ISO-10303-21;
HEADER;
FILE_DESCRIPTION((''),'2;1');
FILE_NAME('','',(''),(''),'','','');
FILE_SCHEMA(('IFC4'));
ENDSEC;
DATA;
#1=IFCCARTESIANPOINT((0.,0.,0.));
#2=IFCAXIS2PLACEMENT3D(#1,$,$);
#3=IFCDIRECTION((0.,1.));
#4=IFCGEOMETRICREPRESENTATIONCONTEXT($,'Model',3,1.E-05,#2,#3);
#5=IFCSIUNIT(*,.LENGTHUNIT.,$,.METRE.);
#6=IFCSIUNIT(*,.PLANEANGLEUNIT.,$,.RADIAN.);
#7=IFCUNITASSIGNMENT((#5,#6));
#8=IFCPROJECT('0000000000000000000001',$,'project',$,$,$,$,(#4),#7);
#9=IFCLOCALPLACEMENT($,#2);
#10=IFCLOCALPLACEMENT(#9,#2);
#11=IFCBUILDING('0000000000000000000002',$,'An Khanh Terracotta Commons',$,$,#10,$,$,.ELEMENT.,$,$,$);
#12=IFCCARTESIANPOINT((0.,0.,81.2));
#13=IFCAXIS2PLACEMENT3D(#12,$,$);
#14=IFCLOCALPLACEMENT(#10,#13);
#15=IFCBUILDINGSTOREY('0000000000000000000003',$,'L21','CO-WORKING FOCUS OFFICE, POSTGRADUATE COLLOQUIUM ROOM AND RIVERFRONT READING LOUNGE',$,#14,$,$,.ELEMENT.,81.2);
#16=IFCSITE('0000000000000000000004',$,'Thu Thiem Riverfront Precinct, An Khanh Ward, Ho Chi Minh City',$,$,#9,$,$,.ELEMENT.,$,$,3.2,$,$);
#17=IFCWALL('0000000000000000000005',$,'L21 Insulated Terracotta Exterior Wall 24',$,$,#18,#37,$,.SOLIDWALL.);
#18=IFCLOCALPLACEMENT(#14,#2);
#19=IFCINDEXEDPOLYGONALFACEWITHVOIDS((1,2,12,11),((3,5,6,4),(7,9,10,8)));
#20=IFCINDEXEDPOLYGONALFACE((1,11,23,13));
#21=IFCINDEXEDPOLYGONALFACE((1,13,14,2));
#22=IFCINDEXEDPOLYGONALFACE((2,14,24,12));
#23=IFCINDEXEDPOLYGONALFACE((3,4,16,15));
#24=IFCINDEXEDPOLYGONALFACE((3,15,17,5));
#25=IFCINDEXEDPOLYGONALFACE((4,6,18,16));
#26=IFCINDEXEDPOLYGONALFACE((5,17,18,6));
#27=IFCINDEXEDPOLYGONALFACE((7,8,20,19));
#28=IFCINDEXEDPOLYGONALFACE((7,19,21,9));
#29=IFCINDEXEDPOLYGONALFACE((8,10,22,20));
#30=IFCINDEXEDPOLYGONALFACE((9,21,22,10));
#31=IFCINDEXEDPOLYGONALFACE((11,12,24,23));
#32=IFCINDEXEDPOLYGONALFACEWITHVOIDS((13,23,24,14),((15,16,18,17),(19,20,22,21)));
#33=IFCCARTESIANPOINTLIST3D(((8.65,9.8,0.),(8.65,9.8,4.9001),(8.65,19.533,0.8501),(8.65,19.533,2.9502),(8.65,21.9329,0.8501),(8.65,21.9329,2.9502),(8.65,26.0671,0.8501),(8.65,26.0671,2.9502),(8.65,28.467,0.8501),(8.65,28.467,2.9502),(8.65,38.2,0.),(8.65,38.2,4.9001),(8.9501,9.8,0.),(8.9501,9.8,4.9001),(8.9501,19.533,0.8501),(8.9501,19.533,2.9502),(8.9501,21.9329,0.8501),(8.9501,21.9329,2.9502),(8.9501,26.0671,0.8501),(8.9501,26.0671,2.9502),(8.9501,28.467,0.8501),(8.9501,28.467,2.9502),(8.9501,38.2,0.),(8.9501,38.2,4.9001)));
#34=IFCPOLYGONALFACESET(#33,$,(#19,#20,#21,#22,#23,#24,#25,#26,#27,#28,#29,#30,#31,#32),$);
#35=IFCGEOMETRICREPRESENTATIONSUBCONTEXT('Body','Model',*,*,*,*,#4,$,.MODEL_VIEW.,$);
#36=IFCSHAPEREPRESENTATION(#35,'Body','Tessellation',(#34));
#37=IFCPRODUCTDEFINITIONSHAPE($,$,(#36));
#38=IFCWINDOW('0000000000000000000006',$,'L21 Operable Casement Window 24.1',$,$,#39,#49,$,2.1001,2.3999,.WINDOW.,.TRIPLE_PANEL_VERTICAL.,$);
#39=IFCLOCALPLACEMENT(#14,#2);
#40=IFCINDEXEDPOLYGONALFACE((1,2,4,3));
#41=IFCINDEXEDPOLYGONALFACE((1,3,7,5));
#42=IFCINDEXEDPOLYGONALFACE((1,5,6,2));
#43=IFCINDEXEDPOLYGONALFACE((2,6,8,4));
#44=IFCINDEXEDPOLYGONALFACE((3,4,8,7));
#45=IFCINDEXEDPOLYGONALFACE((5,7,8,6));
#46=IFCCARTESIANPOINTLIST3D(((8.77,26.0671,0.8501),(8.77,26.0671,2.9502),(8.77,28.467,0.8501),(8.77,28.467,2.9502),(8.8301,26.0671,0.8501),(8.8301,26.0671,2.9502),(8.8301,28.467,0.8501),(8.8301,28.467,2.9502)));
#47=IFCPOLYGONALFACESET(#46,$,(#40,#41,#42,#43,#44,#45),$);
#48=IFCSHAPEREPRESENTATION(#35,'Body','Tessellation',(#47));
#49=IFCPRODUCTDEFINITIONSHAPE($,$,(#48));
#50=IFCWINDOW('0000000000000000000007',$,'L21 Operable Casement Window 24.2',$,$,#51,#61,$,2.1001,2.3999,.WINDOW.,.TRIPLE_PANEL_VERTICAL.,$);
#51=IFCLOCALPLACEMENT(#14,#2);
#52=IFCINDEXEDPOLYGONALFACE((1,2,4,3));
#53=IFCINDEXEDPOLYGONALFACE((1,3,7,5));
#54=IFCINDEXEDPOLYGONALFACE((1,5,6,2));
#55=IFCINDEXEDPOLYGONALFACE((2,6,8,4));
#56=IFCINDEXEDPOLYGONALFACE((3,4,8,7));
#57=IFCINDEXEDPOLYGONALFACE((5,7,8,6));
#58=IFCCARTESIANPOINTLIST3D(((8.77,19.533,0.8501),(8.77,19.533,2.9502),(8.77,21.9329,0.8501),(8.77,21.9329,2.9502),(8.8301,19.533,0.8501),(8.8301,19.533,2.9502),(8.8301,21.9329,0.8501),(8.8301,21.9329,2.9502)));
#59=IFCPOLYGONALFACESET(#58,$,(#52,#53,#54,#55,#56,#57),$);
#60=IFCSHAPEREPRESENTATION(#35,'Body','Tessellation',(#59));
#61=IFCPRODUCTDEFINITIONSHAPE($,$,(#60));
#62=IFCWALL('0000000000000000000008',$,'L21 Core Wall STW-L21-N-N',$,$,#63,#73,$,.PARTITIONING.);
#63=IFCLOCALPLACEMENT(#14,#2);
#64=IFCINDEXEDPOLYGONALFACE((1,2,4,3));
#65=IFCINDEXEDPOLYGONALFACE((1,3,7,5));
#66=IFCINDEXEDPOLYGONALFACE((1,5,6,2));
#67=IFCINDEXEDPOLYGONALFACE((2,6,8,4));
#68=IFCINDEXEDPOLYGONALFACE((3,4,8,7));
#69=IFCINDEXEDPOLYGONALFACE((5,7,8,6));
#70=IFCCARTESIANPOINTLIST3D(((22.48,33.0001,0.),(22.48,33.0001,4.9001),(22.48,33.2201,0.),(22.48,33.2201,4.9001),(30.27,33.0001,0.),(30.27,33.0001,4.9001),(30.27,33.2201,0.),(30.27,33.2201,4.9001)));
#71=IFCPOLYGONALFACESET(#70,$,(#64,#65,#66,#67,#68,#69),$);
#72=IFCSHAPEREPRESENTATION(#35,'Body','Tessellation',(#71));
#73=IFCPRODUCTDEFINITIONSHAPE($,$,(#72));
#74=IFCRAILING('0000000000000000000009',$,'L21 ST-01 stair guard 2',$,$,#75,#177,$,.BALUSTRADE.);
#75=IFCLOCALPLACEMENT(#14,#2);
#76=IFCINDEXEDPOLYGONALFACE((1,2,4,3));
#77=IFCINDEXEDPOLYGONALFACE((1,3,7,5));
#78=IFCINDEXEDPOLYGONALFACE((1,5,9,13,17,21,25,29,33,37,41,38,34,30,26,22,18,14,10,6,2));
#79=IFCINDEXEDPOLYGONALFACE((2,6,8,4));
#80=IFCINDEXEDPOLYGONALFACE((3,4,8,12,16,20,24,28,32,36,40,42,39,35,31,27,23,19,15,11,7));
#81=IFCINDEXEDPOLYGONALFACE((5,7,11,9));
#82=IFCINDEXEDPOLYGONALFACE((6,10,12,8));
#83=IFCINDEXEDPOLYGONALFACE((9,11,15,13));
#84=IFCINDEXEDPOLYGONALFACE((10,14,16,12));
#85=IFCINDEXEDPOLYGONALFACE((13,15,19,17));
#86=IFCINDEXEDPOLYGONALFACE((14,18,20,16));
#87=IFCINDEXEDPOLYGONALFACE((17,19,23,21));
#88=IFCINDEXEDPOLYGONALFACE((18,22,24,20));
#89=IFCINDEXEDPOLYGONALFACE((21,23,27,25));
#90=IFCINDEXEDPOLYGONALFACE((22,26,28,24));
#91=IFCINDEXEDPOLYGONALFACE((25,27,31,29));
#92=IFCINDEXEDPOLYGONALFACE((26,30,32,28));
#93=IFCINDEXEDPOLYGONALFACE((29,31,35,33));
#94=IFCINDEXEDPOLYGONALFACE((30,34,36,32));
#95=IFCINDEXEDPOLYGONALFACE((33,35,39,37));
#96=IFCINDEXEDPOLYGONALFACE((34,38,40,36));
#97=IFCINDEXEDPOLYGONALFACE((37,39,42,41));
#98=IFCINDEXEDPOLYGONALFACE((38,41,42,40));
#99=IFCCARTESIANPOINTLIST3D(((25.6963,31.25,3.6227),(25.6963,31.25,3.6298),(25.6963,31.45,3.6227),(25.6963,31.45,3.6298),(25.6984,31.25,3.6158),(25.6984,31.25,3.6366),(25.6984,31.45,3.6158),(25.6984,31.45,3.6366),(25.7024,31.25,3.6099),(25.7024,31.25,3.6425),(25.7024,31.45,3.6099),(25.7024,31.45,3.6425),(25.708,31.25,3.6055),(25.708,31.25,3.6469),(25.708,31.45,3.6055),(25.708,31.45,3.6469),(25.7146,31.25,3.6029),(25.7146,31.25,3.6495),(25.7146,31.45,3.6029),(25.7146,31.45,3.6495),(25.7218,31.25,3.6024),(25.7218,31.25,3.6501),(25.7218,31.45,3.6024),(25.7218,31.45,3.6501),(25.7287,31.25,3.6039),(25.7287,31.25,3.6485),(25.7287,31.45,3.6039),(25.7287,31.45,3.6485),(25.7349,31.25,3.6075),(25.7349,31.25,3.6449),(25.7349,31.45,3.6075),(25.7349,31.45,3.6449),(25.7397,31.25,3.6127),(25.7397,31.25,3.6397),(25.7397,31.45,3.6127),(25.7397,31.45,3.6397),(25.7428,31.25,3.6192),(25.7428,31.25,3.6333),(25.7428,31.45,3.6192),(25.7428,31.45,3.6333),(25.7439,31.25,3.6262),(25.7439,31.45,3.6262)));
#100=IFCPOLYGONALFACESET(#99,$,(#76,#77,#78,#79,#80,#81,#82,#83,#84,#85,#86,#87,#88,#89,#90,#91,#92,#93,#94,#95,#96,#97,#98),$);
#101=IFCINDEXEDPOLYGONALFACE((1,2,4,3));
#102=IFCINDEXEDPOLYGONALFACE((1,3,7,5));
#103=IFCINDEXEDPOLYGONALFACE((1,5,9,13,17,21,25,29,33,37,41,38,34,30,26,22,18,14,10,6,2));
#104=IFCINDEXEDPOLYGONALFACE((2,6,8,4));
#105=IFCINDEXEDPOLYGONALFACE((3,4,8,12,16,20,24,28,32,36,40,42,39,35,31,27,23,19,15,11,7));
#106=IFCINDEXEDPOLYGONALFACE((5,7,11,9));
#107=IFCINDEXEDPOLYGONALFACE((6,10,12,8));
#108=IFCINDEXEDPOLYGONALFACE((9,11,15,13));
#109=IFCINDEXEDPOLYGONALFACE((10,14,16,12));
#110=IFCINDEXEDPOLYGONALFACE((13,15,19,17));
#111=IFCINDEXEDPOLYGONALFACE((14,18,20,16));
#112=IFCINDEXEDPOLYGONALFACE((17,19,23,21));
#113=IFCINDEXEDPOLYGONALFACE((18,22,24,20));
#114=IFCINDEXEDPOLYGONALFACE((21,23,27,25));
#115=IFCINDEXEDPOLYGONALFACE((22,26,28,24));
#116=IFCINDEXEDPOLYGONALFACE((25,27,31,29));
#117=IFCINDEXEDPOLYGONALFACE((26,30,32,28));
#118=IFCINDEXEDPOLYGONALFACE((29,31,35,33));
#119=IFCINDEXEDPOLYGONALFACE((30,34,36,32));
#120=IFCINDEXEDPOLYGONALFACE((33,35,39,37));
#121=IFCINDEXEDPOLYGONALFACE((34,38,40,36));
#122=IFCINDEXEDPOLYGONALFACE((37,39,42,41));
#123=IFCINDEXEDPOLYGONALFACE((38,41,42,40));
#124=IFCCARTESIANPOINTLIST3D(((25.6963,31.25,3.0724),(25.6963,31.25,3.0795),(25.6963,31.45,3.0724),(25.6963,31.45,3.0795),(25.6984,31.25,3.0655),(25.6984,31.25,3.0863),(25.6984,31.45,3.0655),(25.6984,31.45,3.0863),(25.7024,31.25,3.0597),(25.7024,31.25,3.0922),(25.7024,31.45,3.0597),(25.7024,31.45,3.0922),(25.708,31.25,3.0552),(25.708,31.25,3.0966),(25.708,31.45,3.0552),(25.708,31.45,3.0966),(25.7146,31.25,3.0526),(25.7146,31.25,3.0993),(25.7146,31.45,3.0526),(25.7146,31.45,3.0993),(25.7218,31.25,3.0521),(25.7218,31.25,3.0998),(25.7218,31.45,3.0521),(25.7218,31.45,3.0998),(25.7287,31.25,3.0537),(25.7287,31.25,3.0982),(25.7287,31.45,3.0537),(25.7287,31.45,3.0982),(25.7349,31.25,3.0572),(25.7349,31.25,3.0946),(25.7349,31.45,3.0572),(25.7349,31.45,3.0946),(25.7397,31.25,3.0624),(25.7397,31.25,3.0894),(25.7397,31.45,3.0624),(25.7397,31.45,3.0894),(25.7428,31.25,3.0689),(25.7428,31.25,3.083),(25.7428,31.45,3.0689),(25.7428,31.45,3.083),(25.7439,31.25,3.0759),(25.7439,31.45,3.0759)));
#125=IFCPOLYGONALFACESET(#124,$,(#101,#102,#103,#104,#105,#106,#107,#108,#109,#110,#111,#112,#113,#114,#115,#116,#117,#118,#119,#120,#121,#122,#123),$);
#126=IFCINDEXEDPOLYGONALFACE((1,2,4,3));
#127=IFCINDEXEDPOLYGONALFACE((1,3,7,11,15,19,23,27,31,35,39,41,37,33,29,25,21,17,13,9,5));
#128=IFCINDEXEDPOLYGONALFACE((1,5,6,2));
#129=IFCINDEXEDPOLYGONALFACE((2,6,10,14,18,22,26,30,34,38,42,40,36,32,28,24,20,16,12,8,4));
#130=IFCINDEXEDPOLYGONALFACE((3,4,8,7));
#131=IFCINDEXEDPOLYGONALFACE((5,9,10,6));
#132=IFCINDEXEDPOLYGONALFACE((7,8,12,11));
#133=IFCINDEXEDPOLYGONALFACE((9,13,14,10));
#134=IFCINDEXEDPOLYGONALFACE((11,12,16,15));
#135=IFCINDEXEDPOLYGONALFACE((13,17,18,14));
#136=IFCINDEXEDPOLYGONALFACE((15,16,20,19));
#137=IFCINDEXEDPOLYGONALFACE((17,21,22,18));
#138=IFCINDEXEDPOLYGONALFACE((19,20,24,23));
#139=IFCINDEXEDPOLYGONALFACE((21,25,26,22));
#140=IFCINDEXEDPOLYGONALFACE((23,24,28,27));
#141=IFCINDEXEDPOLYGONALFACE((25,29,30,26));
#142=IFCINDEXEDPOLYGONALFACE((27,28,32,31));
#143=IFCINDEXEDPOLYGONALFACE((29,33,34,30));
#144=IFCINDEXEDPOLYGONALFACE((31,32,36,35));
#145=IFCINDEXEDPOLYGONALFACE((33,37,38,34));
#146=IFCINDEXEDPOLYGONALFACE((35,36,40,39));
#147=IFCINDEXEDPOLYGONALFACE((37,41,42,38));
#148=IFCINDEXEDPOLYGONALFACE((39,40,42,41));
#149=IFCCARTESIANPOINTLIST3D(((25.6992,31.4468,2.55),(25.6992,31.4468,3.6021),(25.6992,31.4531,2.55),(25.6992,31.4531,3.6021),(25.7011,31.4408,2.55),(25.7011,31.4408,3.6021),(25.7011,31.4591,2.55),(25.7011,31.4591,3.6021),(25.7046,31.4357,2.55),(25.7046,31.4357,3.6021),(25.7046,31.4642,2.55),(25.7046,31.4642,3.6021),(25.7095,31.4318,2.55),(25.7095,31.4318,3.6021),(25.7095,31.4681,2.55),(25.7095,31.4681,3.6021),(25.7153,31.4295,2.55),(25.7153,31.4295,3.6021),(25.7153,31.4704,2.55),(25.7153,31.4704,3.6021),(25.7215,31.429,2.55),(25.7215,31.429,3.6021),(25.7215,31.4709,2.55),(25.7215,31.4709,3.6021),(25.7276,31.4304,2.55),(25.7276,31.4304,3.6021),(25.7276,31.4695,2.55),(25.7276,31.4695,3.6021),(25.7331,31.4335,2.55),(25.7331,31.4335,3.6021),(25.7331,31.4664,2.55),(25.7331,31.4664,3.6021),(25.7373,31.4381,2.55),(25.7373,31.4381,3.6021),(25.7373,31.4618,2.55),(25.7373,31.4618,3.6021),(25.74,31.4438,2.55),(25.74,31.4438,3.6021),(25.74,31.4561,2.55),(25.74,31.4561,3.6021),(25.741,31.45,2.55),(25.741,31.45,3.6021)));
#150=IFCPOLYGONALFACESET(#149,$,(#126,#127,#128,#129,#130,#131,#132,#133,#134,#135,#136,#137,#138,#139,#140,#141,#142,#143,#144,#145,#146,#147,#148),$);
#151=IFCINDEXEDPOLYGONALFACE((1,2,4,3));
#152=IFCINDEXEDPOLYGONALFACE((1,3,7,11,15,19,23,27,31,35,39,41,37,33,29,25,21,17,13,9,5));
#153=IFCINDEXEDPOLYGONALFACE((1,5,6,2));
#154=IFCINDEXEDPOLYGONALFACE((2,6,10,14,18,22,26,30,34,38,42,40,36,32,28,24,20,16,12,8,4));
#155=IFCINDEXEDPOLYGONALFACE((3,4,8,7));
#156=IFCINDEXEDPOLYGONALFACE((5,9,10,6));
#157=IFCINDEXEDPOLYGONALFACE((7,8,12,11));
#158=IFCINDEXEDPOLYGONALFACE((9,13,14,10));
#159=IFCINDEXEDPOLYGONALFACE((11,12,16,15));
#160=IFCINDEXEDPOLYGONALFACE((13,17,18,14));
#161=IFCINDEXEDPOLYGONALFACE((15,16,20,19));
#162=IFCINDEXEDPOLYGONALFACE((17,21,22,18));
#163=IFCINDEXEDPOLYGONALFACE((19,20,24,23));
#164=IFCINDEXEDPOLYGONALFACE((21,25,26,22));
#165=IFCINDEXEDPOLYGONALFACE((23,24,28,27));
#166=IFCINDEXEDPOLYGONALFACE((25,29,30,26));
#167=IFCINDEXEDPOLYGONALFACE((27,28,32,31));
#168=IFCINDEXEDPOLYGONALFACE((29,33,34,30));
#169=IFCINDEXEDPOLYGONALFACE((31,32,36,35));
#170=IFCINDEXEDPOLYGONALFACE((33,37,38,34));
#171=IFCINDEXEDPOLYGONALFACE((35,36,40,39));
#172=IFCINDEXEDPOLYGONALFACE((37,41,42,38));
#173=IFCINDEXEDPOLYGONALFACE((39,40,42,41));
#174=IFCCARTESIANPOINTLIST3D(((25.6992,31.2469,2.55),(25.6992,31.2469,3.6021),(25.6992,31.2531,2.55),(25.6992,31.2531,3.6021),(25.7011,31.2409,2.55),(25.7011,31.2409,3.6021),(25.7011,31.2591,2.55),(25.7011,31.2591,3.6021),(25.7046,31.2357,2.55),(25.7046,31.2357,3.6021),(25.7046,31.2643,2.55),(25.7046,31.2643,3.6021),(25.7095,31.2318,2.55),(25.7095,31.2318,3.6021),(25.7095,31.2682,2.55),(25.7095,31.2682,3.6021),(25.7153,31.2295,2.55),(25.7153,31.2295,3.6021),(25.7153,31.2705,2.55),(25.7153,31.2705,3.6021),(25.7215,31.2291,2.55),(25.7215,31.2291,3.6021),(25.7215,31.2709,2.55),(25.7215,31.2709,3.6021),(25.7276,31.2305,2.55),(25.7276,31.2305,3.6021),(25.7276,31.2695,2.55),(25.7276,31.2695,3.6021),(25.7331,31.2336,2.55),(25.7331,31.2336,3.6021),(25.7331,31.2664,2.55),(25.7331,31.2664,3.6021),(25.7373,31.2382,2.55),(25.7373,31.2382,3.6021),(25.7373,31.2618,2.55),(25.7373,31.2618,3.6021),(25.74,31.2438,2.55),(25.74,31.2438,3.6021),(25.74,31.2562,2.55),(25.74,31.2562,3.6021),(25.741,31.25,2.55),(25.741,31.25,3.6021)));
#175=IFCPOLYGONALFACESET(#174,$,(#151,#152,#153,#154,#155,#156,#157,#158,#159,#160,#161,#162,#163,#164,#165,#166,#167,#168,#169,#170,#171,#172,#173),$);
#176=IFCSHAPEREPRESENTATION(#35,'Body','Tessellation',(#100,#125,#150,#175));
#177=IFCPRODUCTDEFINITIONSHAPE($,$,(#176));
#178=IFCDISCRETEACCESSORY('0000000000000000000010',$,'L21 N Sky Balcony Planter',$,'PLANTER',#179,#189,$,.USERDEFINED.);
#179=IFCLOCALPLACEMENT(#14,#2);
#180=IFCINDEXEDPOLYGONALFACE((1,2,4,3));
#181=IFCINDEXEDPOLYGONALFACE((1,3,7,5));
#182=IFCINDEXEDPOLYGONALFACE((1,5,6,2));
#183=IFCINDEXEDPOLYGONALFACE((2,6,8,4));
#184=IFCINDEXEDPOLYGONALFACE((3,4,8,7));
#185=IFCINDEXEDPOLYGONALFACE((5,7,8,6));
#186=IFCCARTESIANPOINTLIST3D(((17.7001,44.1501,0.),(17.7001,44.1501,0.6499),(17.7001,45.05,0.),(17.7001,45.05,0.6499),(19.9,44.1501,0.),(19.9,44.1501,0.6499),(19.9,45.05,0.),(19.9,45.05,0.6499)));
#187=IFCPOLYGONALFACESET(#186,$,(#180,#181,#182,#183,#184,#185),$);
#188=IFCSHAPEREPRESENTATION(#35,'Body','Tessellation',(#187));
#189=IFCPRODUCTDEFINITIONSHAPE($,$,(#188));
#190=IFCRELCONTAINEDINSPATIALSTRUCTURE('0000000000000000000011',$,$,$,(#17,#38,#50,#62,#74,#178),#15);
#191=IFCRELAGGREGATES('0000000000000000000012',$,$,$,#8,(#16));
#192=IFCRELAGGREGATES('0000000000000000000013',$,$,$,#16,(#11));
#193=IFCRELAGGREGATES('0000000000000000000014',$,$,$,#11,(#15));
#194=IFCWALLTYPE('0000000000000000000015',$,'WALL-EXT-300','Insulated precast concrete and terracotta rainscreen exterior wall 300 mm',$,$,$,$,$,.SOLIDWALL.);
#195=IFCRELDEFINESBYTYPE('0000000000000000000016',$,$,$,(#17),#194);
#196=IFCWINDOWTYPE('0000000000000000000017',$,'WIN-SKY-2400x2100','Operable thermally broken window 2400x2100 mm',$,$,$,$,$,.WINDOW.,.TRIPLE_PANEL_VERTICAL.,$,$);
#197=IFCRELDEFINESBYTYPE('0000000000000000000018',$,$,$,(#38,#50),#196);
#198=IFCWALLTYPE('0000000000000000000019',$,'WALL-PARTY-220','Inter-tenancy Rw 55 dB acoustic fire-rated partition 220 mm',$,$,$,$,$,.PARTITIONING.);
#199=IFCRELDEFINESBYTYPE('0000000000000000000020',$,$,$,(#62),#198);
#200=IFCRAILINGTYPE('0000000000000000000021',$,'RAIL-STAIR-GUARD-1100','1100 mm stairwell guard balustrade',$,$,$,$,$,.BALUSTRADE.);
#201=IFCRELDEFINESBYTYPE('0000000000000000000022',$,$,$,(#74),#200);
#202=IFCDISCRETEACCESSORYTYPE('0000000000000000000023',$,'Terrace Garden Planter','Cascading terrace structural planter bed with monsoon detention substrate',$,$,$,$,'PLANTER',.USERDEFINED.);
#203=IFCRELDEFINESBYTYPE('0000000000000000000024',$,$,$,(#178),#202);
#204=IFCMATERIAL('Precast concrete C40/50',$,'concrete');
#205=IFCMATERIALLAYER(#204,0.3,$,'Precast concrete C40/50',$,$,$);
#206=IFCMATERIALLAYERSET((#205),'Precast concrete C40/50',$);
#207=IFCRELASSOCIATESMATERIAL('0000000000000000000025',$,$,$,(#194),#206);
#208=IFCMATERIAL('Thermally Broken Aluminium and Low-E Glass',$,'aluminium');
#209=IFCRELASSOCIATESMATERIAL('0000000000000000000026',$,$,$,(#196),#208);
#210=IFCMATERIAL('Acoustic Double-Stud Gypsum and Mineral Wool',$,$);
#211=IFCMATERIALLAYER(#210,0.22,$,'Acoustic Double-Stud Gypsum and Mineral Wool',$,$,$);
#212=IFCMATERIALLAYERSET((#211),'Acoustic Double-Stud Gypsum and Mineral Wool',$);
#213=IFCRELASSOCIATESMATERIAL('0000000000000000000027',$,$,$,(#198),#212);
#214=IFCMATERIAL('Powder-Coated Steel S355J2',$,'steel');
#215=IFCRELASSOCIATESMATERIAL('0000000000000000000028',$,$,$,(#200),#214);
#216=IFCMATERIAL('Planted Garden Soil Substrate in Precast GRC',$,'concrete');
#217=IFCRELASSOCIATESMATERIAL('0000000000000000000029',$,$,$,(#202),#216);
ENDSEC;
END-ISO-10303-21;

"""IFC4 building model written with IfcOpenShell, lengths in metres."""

from ifc_helpers import new_model, si_unit, direction, frame, frame_2d, origin, origin_2d, place, context, subcontext, project, spatial, rectangle, circle, extrude, material, layer, layer_set, type_object, element, fill, save


model = new_model("IFC4")

# Units and contexts
model_context = context("Model", 3, precision=1e-05, world=origin(), true_north=direction((0.0, 1.0)))
body_context = subcontext(model_context, "Body", "Model", "MODEL_VIEW")
ifc_project = project(units=[si_unit("LENGTHUNIT", "METRE"), si_unit("PLANEANGLEUNIT", "RADIAN")], contexts=[model_context])

# Site, building, storey
site_placement = place(None, origin())
site = spatial("IfcSite", under=ifc_project, at=site_placement, Name="Thu Thiem Riverfront Precinct, An Khanh Ward, Ho Chi Minh City", CompositionType="ELEMENT", RefElevation=3.2)
building_placement = place(site_placement, origin())
building = spatial("IfcBuilding", under=site, at=building_placement, Name="An Khanh Terracotta Commons", CompositionType="ELEMENT")
storey_placement = place(building_placement, frame((0.0, 0.0, 81.2)))
storey = spatial("IfcBuildingStorey", under=building, at=storey_placement, Name="L21", Description="CO-WORKING FOCUS OFFICE, POSTGRADUATE COLLOQUIUM ROOM AND RIVERFRONT READING LOUNGE", CompositionType="ELEMENT", Elevation=81.2)

# Shared definitions
ifc_material_1 = material(Name="Precast concrete C40/50", Category="concrete")
ifc_layer_1 = layer(ifc_material_1, 0.3, Name="Precast concrete C40/50")
ifc_layer_set_1 = layer_set([ifc_layer_1], Name="Precast concrete C40/50")
wall_type_1 = type_object("IfcWallType", Name="WALL-EXT-300", Description="Insulated precast concrete and terracotta rainscreen exterior wall 300 mm", PredefinedType="SOLIDWALL", material=ifc_layer_set_1)

# Wall, openings, windows
wall_1_placement = place(storey_placement, frame((8.8, 38.2, 0.0), z_axis=(0.0, 0.0, 1.0), x_axis=(0.0, -1.0, 0.0)))
wall_1 = element("IfcWall", 1, at=wall_1_placement, inside=storey, type_object=wall_type_1, Name="L21 Insulated Terracotta Exterior Wall 24", PredefinedType="SOLIDWALL", context=body_context, shape_type="SweptSolid", body=[
    extrude(rectangle(XDim=28.3999, YDim=0.3, at=frame_2d((14.2, 0.0))), origin(), (0.0, 0.0, 1.0), 4.9001),
])
opening_1_placement = place(wall_1_placement, frame((9.7329, 0.0, 0.8501)))
opening_1 = element("IfcOpeningElement", 2, at=opening_1_placement, cuts=wall_1, PredefinedType="OPENING", context=body_context, shape_type="SweptSolid", body=[
    extrude(rectangle(XDim=2.3999, YDim=2.1001, at=frame_2d((1.2, 1.05))), frame((0.0, 0.1599, 0.0), z_axis=(0.0, -1.0, 0.0), x_axis=(1.0, 0.0, 0.0)), (0.0, 0.0, 1.0), 0.3201),
])
opening_2_placement = place(wall_1_placement, frame((16.2671, 0.0, 0.8501)))
opening_2 = element("IfcOpeningElement", 3, at=opening_2_placement, cuts=wall_1, PredefinedType="OPENING", context=body_context, shape_type="SweptSolid", body=[
    extrude(rectangle(XDim=2.3999, YDim=2.1001, at=frame_2d((1.2, 1.05))), frame((0.0, 0.1599, 0.0), z_axis=(0.0, -1.0, 0.0), x_axis=(1.0, 0.0, 0.0)), (0.0, 0.0, 1.0), 0.3201),
])
ifc_material_2 = material(Name="Thermally Broken Aluminium and Low-E Glass", Category="aluminium")
window_type = type_object("IfcWindowType", Name="WIN-SKY-2400x2100", Description="Operable thermally broken window 2400x2100 mm", PartitioningType="TRIPLE_PANEL_VERTICAL", PredefinedType="WINDOW", material=ifc_material_2)
window_1_placement = place(opening_1_placement, origin())
window_1 = element("IfcWindow", 4, at=window_1_placement, inside=storey, type_object=window_type, Name="L21 Operable Casement Window 24.1", OverallHeight=2.1001, OverallWidth=2.3999, PartitioningType="TRIPLE_PANEL_VERTICAL", PredefinedType="WINDOW", context=body_context, shape_type="SweptSolid", body=[
    extrude(rectangle(XDim=2.3999, YDim=2.1001, at=frame_2d((1.2, 1.05))), frame((0.0, 0.03, 0.0), z_axis=(0.0, -1.0, 0.0), x_axis=(1.0, 0.0, 0.0)), (0.0, 0.0, 1.0), 0.0601),
])
fill(opening_1, window_1)
window_2_placement = place(opening_2_placement, origin())
window_2 = element("IfcWindow", 5, at=window_2_placement, inside=storey, type_object=window_type, Name="L21 Operable Casement Window 24.2", OverallHeight=2.1001, OverallWidth=2.3999, PartitioningType="TRIPLE_PANEL_VERTICAL", PredefinedType="WINDOW", context=body_context, shape_type="SweptSolid", body=[
    extrude(rectangle(XDim=2.3999, YDim=2.1001, at=frame_2d((1.2, 1.05))), frame((0.0, 0.03, 0.0), z_axis=(0.0, -1.0, 0.0), x_axis=(1.0, 0.0, 0.0)), (0.0, 0.0, 1.0), 0.0601),
])
fill(opening_2, window_2)

# Wall
ifc_material_3 = material(Name="Acoustic Double-Stud Gypsum and Mineral Wool")
ifc_layer_2 = layer(ifc_material_3, 0.22, Name="Acoustic Double-Stud Gypsum and Mineral Wool")
ifc_layer_set_2 = layer_set([ifc_layer_2], Name="Acoustic Double-Stud Gypsum and Mineral Wool")
wall_type_2 = type_object("IfcWallType", Name="WALL-PARTY-220", Description="Inter-tenancy Rw 55 dB acoustic fire-rated partition 220 mm", PredefinedType="PARTITIONING", material=ifc_layer_set_2)
wall_2_placement = place(storey_placement, frame((22.48, 33.1101, 0.0), z_axis=(0.0, 0.0, 1.0), x_axis=(1.0, 0.0, 0.0)))
element("IfcWall", 6, at=wall_2_placement, inside=storey, type_object=wall_type_2, Name="L21 Core Wall STW-L21-N-N", PredefinedType="PARTITIONING", context=body_context, shape_type="SweptSolid", body=[
    extrude(rectangle(XDim=7.79, YDim=0.22, at=frame_2d((3.895, 0.0))), origin(), (0.0, 0.0, 1.0), 4.9001),
])

# Railing
ifc_material_4 = material(Name="Powder-Coated Steel S355J2", Category="steel")
railing_type = type_object("IfcRailingType", Name="RAIL-STAIR-GUARD-1100", Description="1100 mm stairwell guard balustrade", PredefinedType="BALUSTRADE", material=ifc_material_4)
railing_placement = place(storey_placement, frame((25.72, 31.45, 2.55)))
element("IfcRailing", 7, at=railing_placement, inside=storey, type_object=railing_type, Name="L21 ST-01 stair guard 2", PredefinedType="BALUSTRADE", context=body_context, shape_type="SweptSolid", body=[
    extrude(circle(Radius=0.0239, at=origin_2d()), frame((0.0, 0.0, 1.0762), z_axis=(0.0, -1.0, 0.0), x_axis=(1.0, 0.0, 0.0)), (0.0, 0.0, 1.0), 0.2),
    extrude(circle(Radius=0.0239, at=origin_2d()), frame((0.0, 0.0, 0.5259), z_axis=(0.0, -1.0, 0.0), x_axis=(1.0, 0.0, 0.0)), (0.0, 0.0, 1.0), 0.2),
    extrude(circle(Radius=0.021, at=origin_2d()), origin(), (0.0, 0.0, 1.0), 1.052),
    extrude(circle(Radius=0.021, at=origin_2d()), frame((0.0, -0.2, 0.0)), (0.0, 0.0, 1.0), 1.052),
])

# Discrete accessory
ifc_material_5 = material(Name="Planted Garden Soil Substrate in Precast GRC", Category="concrete")
discrete_accessory_type = type_object("IfcDiscreteAccessoryType", Name="Terrace Garden Planter", Description="Cascading terrace structural planter bed with monsoon detention substrate", ElementType="PLANTER", PredefinedType="USERDEFINED", material=ifc_material_5)
discrete_accessory_placement = place(storey_placement, frame((18.8, 44.6001, 0.0), z_axis=(0.0, 0.0, 1.0), x_axis=(1.0, 0.0, 0.0)))
element("IfcDiscreteAccessory", 8, at=discrete_accessory_placement, inside=storey, type_object=discrete_accessory_type, Name="L21 N Sky Balcony Planter", ObjectType="PLANTER", PredefinedType="USERDEFINED", context=body_context, shape_type="SweptSolid", body=[
    extrude(rectangle(XDim=2.2, YDim=0.8999, at=origin_2d()), origin(), (0.0, 0.0, 1.0), 0.6499),
])

save(model, "model.ifc")
